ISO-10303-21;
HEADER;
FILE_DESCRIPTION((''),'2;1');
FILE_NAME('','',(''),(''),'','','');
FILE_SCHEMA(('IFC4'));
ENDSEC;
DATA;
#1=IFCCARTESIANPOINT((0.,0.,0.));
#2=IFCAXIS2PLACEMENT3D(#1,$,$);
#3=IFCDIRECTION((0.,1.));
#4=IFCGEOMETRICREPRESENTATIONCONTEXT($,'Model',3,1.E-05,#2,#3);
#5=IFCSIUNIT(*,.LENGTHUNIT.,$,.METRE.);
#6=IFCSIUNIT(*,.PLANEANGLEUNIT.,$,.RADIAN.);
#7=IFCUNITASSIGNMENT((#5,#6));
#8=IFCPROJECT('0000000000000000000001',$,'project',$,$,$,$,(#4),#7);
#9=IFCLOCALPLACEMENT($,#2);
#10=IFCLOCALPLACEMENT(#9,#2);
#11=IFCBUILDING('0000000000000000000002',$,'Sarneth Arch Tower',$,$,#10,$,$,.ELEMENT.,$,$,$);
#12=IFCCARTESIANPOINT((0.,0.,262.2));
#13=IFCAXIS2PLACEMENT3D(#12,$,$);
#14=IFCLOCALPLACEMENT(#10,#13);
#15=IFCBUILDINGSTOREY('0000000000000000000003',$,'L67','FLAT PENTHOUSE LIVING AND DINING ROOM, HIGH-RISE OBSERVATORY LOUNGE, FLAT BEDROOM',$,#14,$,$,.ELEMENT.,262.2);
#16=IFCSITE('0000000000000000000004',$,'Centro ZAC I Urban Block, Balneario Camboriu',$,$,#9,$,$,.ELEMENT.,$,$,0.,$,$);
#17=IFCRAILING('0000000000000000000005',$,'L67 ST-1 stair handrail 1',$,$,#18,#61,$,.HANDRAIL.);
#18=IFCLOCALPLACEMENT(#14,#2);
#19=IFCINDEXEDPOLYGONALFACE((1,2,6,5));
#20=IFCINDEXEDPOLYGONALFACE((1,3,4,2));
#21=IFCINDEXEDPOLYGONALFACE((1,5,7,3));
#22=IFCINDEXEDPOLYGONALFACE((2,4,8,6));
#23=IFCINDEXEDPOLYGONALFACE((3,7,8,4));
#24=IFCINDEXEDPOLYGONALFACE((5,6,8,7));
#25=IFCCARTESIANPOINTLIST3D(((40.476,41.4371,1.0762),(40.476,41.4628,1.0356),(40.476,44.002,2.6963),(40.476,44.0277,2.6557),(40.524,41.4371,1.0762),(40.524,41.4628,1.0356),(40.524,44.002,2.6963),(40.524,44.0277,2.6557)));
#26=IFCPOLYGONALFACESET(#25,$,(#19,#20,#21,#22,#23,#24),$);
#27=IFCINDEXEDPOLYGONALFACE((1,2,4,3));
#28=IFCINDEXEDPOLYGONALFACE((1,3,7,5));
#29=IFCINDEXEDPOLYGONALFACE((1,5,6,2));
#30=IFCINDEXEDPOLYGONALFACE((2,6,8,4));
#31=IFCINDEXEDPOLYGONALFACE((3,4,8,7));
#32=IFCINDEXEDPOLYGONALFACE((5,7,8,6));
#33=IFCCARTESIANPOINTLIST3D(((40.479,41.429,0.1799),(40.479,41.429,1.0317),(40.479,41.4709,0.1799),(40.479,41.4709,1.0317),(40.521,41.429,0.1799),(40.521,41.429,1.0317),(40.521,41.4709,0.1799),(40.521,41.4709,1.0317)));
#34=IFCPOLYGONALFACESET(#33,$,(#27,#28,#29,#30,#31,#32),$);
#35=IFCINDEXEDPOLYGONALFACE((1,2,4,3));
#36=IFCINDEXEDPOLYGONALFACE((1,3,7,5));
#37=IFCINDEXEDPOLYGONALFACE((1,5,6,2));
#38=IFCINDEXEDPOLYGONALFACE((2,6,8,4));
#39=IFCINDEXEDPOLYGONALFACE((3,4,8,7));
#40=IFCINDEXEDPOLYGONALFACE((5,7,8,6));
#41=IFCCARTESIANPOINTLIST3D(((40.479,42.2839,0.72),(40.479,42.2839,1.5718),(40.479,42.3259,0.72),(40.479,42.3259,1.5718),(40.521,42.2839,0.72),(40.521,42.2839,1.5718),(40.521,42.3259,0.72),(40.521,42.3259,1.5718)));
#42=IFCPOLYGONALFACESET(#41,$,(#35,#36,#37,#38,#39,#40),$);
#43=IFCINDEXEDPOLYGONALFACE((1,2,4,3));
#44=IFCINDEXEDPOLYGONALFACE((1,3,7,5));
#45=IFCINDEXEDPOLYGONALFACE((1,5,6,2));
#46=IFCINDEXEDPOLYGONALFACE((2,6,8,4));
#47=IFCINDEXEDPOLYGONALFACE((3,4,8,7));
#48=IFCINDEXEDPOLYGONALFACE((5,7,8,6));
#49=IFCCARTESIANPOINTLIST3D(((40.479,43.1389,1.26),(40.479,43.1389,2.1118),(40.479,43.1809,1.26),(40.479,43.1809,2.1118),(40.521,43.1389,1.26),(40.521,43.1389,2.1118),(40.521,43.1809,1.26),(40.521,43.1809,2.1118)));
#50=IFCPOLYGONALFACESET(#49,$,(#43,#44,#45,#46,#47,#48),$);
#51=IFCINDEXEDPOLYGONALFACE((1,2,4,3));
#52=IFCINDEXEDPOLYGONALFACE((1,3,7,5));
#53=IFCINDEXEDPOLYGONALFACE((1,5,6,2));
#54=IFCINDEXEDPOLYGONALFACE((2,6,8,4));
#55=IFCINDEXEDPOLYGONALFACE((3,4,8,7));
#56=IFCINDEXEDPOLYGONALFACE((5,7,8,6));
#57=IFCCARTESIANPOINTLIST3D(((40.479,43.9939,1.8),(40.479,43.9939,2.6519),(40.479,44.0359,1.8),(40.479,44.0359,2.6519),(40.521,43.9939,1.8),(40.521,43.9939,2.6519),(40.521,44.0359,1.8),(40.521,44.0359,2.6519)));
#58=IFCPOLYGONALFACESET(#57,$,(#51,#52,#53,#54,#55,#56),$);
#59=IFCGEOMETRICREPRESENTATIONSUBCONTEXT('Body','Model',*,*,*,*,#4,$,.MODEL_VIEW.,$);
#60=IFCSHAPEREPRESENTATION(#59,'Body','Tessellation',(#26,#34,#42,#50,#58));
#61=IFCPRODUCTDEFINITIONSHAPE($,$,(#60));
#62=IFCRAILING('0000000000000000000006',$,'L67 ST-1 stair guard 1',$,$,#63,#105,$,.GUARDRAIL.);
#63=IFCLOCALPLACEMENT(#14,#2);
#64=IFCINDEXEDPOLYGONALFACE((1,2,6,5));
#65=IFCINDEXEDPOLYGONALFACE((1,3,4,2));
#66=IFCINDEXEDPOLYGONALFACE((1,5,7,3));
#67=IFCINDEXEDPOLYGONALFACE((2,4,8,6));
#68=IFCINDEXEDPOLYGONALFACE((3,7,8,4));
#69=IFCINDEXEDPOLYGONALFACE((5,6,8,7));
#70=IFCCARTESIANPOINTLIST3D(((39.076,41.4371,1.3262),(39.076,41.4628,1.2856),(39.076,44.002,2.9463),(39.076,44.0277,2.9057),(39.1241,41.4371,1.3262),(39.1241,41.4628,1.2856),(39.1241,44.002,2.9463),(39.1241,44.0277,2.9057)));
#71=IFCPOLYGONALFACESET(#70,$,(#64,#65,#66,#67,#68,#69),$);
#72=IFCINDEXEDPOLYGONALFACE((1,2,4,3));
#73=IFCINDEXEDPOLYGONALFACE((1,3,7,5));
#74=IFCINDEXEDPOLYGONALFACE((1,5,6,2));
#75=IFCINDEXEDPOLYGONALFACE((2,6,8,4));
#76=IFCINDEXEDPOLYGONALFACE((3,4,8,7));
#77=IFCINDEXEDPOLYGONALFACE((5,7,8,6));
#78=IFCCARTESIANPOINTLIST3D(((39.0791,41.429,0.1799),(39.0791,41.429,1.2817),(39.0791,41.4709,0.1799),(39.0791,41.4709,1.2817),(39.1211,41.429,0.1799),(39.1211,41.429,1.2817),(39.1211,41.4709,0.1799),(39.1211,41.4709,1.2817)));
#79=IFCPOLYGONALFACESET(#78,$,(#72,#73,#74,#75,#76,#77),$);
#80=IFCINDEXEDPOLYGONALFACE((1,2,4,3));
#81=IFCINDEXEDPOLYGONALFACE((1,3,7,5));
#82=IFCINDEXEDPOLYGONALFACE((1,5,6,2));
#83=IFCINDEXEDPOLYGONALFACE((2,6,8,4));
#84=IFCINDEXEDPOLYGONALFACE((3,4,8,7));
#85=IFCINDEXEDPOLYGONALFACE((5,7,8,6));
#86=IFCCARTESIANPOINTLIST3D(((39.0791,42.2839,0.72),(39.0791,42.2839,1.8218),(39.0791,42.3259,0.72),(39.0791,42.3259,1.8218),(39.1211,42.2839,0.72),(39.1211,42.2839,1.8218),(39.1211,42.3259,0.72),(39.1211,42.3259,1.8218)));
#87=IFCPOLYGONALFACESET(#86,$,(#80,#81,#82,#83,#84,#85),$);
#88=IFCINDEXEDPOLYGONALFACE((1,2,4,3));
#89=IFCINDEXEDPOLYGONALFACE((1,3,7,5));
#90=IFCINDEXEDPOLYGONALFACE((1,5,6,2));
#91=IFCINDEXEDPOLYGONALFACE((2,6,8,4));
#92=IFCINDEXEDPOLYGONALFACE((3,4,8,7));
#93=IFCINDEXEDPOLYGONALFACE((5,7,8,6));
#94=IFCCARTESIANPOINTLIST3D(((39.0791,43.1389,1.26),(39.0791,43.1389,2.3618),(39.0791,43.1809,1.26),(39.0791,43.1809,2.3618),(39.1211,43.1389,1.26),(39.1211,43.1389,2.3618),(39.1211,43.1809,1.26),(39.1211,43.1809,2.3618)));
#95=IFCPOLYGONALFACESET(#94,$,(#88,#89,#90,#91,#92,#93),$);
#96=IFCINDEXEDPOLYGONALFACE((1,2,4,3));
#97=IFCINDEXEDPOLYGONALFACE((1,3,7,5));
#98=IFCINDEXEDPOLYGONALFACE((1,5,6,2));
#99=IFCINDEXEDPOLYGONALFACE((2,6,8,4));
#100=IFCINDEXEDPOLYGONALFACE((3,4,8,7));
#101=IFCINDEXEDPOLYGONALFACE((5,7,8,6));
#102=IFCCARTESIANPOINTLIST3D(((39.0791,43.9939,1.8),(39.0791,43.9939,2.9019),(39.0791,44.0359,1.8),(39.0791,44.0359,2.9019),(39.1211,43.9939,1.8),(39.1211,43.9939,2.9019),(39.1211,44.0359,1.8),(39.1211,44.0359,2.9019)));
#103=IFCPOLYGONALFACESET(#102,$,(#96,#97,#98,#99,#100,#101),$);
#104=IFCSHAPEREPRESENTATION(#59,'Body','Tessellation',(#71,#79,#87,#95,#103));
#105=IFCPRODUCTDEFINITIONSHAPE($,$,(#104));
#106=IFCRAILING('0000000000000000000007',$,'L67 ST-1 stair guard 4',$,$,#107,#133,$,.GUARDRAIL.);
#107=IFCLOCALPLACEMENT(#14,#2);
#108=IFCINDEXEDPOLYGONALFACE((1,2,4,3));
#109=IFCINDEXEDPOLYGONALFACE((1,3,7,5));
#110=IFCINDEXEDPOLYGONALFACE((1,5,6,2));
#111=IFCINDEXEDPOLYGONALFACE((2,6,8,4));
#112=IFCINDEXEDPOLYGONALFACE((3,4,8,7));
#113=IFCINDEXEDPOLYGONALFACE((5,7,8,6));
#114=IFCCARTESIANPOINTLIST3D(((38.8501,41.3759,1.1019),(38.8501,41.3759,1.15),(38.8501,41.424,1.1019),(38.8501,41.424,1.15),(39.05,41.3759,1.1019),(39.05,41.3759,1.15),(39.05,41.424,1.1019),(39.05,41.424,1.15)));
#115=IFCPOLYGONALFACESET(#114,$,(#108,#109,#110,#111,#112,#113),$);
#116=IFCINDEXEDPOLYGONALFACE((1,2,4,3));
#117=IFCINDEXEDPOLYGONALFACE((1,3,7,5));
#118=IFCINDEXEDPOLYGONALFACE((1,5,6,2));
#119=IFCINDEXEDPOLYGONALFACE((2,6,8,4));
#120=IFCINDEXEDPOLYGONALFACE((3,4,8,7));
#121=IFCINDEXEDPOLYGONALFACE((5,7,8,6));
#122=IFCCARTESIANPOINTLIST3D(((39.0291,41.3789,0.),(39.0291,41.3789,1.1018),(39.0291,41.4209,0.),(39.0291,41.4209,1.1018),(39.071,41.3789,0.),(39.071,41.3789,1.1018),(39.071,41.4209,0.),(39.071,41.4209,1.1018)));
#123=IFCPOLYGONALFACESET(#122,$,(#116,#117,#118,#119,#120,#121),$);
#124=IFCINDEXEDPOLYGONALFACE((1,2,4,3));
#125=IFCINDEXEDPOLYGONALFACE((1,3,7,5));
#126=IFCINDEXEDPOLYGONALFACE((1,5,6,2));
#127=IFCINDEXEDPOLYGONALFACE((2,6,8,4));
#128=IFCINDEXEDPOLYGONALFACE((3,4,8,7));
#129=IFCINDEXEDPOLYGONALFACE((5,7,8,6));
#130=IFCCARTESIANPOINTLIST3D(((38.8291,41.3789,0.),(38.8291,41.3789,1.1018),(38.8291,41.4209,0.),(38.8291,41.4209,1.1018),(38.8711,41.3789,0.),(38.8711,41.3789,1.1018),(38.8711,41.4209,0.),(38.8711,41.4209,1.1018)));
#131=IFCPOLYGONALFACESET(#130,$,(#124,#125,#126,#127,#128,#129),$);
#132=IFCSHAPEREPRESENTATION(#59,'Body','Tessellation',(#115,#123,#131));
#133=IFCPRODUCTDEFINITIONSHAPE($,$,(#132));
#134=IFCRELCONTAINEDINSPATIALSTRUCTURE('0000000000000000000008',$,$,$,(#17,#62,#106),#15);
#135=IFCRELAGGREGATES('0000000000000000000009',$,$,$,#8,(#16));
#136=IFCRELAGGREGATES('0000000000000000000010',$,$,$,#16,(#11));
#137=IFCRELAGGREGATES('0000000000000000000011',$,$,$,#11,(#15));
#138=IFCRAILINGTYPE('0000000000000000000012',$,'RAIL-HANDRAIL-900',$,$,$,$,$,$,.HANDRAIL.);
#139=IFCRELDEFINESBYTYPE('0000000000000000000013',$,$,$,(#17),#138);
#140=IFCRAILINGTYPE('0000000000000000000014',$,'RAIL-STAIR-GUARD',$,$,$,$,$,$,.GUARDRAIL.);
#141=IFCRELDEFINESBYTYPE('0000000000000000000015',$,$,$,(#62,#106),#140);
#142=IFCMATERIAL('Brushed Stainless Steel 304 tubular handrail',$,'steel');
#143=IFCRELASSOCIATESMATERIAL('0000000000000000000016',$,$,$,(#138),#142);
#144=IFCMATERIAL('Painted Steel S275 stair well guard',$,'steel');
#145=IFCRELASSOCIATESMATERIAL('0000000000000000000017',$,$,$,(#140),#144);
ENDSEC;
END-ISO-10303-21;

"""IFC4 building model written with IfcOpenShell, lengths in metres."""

from ifc_helpers import new_model, si_unit, direction, frame, origin, origin_2d, place, context, subcontext, project, spatial, rectangle, extrude, material, type_object, element, save


model = new_model("IFC4")

# Units and contexts
model_context = context("Model", 3, precision=1e-05, world=origin(), true_north=direction((0.0, 1.0)))
body_context = subcontext(model_context, "Body", "Model", "MODEL_VIEW")
ifc_project = project(units=[si_unit("LENGTHUNIT", "METRE"), si_unit("PLANEANGLEUNIT", "RADIAN")], contexts=[model_context])

# Site, building, storey
site_placement = place(None, origin())
site = spatial("IfcSite", under=ifc_project, at=site_placement, Name="Centro ZAC I Urban Block, Balneario Camboriu", CompositionType="ELEMENT", RefElevation=0.0)
building_placement = place(site_placement, origin())
building = spatial("IfcBuilding", under=site, at=building_placement, Name="Sarneth Arch Tower", CompositionType="ELEMENT")
storey_placement = place(building_placement, frame((0.0, 0.0, 262.2)))
storey = spatial("IfcBuildingStorey", under=building, at=storey_placement, Name="L67", Description="FLAT PENTHOUSE LIVING AND DINING ROOM, HIGH-RISE OBSERVATORY LOUNGE, FLAT BEDROOM", CompositionType="ELEMENT", Elevation=262.2)

# Railings
ifc_material_1 = material(Name="Brushed Stainless Steel 304 tubular handrail", Category="steel")
railing_type_1 = type_object("IfcRailingType", Name="RAIL-HANDRAIL-900", PredefinedType="HANDRAIL", material=ifc_material_1)
railing_1_placement = place(storey_placement, frame((40.5, 41.45, 0.1799)))
element("IfcRailing", 1, at=railing_1_placement, inside=storey, type_object=railing_type_1, Name="L67 ST-1 stair handrail 1", PredefinedType="HANDRAIL", context=body_context, shape_type="SweptSolid", body=[
    extrude(rectangle(XDim=0.0481, YDim=0.0481, at=origin_2d()), frame((0.0, 0.0, 0.876), z_axis=(0.0, 0.845466, 0.534029), x_axis=(-1.0, 0.0, 0.0)), (0.0, 0.0, 1.0), 3.0337),
    extrude(rectangle(XDim=0.042, YDim=0.042, at=origin_2d()), origin(), (0.0, 0.0, 1.0), 0.8518),
    extrude(rectangle(XDim=0.042, YDim=0.042, at=origin_2d()), frame((0.0, 0.855, 0.54)), (0.0, 0.0, 1.0), 0.8518),
    extrude(rectangle(XDim=0.042, YDim=0.042, at=origin_2d()), frame((0.0, 1.71, 1.0801)), (0.0, 0.0, 1.0), 0.8518),
    extrude(rectangle(XDim=0.042, YDim=0.042, at=origin_2d()), frame((0.0, 2.5649, 1.6201)), (0.0, 0.0, 1.0), 0.8518),
])
ifc_material_2 = material(Name="Painted Steel S275 stair well guard", Category="steel")
railing_type_2 = type_object("IfcRailingType", Name="RAIL-STAIR-GUARD", PredefinedType="GUARDRAIL", material=ifc_material_2)
railing_2_placement = place(storey_placement, frame((39.1001, 41.45, 0.1799)))
element("IfcRailing", 2, at=railing_2_placement, inside=storey, type_object=railing_type_2, Name="L67 ST-1 stair guard 1", PredefinedType="GUARDRAIL", context=body_context, shape_type="SweptSolid", body=[
    extrude(rectangle(XDim=0.0481, YDim=0.0481, at=origin_2d()), frame((0.0, 0.0, 1.126), z_axis=(0.0, 0.845466, 0.534029), x_axis=(-1.0, 0.0, 0.0)), (0.0, 0.0, 1.0), 3.0337),
    extrude(rectangle(XDim=0.042, YDim=0.042, at=origin_2d()), origin(), (0.0, 0.0, 1.0), 1.1018),
    extrude(rectangle(XDim=0.042, YDim=0.042, at=origin_2d()), frame((0.0, 0.855, 0.54)), (0.0, 0.0, 1.0), 1.1018),
    extrude(rectangle(XDim=0.042, YDim=0.042, at=origin_2d()), frame((0.0, 1.71, 1.0801)), (0.0, 0.0, 1.0), 1.1018),
    extrude(rectangle(XDim=0.042, YDim=0.042, at=origin_2d()), frame((0.0, 2.5649, 1.6201)), (0.0, 0.0, 1.0), 1.1018),
])
railing_3_placement = place(storey_placement, frame((39.05, 41.3999, 0.0)))
element("IfcRailing", 3, at=railing_3_placement, inside=storey, type_object=railing_type_2, Name="L67 ST-1 stair guard 4", PredefinedType="GUARDRAIL", context=body_context, shape_type="SweptSolid", body=[
    extrude(rectangle(XDim=0.0481, YDim=0.0481, at=origin_2d()), frame((0.0, 0.0, 1.126), z_axis=(-1.0, 0.0, 0.0), x_axis=(0.0, -1.0, 0.0)), (0.0, 0.0, 1.0), 0.2),
    extrude(rectangle(XDim=0.042, YDim=0.042, at=origin_2d()), origin(), (0.0, 0.0, 1.0), 1.1018),
    extrude(rectangle(XDim=0.042, YDim=0.042, at=origin_2d()), frame((-0.2, 0.0, 0.0)), (0.0, 0.0, 1.0), 1.1018),
])

save(model, "model.ifc")
